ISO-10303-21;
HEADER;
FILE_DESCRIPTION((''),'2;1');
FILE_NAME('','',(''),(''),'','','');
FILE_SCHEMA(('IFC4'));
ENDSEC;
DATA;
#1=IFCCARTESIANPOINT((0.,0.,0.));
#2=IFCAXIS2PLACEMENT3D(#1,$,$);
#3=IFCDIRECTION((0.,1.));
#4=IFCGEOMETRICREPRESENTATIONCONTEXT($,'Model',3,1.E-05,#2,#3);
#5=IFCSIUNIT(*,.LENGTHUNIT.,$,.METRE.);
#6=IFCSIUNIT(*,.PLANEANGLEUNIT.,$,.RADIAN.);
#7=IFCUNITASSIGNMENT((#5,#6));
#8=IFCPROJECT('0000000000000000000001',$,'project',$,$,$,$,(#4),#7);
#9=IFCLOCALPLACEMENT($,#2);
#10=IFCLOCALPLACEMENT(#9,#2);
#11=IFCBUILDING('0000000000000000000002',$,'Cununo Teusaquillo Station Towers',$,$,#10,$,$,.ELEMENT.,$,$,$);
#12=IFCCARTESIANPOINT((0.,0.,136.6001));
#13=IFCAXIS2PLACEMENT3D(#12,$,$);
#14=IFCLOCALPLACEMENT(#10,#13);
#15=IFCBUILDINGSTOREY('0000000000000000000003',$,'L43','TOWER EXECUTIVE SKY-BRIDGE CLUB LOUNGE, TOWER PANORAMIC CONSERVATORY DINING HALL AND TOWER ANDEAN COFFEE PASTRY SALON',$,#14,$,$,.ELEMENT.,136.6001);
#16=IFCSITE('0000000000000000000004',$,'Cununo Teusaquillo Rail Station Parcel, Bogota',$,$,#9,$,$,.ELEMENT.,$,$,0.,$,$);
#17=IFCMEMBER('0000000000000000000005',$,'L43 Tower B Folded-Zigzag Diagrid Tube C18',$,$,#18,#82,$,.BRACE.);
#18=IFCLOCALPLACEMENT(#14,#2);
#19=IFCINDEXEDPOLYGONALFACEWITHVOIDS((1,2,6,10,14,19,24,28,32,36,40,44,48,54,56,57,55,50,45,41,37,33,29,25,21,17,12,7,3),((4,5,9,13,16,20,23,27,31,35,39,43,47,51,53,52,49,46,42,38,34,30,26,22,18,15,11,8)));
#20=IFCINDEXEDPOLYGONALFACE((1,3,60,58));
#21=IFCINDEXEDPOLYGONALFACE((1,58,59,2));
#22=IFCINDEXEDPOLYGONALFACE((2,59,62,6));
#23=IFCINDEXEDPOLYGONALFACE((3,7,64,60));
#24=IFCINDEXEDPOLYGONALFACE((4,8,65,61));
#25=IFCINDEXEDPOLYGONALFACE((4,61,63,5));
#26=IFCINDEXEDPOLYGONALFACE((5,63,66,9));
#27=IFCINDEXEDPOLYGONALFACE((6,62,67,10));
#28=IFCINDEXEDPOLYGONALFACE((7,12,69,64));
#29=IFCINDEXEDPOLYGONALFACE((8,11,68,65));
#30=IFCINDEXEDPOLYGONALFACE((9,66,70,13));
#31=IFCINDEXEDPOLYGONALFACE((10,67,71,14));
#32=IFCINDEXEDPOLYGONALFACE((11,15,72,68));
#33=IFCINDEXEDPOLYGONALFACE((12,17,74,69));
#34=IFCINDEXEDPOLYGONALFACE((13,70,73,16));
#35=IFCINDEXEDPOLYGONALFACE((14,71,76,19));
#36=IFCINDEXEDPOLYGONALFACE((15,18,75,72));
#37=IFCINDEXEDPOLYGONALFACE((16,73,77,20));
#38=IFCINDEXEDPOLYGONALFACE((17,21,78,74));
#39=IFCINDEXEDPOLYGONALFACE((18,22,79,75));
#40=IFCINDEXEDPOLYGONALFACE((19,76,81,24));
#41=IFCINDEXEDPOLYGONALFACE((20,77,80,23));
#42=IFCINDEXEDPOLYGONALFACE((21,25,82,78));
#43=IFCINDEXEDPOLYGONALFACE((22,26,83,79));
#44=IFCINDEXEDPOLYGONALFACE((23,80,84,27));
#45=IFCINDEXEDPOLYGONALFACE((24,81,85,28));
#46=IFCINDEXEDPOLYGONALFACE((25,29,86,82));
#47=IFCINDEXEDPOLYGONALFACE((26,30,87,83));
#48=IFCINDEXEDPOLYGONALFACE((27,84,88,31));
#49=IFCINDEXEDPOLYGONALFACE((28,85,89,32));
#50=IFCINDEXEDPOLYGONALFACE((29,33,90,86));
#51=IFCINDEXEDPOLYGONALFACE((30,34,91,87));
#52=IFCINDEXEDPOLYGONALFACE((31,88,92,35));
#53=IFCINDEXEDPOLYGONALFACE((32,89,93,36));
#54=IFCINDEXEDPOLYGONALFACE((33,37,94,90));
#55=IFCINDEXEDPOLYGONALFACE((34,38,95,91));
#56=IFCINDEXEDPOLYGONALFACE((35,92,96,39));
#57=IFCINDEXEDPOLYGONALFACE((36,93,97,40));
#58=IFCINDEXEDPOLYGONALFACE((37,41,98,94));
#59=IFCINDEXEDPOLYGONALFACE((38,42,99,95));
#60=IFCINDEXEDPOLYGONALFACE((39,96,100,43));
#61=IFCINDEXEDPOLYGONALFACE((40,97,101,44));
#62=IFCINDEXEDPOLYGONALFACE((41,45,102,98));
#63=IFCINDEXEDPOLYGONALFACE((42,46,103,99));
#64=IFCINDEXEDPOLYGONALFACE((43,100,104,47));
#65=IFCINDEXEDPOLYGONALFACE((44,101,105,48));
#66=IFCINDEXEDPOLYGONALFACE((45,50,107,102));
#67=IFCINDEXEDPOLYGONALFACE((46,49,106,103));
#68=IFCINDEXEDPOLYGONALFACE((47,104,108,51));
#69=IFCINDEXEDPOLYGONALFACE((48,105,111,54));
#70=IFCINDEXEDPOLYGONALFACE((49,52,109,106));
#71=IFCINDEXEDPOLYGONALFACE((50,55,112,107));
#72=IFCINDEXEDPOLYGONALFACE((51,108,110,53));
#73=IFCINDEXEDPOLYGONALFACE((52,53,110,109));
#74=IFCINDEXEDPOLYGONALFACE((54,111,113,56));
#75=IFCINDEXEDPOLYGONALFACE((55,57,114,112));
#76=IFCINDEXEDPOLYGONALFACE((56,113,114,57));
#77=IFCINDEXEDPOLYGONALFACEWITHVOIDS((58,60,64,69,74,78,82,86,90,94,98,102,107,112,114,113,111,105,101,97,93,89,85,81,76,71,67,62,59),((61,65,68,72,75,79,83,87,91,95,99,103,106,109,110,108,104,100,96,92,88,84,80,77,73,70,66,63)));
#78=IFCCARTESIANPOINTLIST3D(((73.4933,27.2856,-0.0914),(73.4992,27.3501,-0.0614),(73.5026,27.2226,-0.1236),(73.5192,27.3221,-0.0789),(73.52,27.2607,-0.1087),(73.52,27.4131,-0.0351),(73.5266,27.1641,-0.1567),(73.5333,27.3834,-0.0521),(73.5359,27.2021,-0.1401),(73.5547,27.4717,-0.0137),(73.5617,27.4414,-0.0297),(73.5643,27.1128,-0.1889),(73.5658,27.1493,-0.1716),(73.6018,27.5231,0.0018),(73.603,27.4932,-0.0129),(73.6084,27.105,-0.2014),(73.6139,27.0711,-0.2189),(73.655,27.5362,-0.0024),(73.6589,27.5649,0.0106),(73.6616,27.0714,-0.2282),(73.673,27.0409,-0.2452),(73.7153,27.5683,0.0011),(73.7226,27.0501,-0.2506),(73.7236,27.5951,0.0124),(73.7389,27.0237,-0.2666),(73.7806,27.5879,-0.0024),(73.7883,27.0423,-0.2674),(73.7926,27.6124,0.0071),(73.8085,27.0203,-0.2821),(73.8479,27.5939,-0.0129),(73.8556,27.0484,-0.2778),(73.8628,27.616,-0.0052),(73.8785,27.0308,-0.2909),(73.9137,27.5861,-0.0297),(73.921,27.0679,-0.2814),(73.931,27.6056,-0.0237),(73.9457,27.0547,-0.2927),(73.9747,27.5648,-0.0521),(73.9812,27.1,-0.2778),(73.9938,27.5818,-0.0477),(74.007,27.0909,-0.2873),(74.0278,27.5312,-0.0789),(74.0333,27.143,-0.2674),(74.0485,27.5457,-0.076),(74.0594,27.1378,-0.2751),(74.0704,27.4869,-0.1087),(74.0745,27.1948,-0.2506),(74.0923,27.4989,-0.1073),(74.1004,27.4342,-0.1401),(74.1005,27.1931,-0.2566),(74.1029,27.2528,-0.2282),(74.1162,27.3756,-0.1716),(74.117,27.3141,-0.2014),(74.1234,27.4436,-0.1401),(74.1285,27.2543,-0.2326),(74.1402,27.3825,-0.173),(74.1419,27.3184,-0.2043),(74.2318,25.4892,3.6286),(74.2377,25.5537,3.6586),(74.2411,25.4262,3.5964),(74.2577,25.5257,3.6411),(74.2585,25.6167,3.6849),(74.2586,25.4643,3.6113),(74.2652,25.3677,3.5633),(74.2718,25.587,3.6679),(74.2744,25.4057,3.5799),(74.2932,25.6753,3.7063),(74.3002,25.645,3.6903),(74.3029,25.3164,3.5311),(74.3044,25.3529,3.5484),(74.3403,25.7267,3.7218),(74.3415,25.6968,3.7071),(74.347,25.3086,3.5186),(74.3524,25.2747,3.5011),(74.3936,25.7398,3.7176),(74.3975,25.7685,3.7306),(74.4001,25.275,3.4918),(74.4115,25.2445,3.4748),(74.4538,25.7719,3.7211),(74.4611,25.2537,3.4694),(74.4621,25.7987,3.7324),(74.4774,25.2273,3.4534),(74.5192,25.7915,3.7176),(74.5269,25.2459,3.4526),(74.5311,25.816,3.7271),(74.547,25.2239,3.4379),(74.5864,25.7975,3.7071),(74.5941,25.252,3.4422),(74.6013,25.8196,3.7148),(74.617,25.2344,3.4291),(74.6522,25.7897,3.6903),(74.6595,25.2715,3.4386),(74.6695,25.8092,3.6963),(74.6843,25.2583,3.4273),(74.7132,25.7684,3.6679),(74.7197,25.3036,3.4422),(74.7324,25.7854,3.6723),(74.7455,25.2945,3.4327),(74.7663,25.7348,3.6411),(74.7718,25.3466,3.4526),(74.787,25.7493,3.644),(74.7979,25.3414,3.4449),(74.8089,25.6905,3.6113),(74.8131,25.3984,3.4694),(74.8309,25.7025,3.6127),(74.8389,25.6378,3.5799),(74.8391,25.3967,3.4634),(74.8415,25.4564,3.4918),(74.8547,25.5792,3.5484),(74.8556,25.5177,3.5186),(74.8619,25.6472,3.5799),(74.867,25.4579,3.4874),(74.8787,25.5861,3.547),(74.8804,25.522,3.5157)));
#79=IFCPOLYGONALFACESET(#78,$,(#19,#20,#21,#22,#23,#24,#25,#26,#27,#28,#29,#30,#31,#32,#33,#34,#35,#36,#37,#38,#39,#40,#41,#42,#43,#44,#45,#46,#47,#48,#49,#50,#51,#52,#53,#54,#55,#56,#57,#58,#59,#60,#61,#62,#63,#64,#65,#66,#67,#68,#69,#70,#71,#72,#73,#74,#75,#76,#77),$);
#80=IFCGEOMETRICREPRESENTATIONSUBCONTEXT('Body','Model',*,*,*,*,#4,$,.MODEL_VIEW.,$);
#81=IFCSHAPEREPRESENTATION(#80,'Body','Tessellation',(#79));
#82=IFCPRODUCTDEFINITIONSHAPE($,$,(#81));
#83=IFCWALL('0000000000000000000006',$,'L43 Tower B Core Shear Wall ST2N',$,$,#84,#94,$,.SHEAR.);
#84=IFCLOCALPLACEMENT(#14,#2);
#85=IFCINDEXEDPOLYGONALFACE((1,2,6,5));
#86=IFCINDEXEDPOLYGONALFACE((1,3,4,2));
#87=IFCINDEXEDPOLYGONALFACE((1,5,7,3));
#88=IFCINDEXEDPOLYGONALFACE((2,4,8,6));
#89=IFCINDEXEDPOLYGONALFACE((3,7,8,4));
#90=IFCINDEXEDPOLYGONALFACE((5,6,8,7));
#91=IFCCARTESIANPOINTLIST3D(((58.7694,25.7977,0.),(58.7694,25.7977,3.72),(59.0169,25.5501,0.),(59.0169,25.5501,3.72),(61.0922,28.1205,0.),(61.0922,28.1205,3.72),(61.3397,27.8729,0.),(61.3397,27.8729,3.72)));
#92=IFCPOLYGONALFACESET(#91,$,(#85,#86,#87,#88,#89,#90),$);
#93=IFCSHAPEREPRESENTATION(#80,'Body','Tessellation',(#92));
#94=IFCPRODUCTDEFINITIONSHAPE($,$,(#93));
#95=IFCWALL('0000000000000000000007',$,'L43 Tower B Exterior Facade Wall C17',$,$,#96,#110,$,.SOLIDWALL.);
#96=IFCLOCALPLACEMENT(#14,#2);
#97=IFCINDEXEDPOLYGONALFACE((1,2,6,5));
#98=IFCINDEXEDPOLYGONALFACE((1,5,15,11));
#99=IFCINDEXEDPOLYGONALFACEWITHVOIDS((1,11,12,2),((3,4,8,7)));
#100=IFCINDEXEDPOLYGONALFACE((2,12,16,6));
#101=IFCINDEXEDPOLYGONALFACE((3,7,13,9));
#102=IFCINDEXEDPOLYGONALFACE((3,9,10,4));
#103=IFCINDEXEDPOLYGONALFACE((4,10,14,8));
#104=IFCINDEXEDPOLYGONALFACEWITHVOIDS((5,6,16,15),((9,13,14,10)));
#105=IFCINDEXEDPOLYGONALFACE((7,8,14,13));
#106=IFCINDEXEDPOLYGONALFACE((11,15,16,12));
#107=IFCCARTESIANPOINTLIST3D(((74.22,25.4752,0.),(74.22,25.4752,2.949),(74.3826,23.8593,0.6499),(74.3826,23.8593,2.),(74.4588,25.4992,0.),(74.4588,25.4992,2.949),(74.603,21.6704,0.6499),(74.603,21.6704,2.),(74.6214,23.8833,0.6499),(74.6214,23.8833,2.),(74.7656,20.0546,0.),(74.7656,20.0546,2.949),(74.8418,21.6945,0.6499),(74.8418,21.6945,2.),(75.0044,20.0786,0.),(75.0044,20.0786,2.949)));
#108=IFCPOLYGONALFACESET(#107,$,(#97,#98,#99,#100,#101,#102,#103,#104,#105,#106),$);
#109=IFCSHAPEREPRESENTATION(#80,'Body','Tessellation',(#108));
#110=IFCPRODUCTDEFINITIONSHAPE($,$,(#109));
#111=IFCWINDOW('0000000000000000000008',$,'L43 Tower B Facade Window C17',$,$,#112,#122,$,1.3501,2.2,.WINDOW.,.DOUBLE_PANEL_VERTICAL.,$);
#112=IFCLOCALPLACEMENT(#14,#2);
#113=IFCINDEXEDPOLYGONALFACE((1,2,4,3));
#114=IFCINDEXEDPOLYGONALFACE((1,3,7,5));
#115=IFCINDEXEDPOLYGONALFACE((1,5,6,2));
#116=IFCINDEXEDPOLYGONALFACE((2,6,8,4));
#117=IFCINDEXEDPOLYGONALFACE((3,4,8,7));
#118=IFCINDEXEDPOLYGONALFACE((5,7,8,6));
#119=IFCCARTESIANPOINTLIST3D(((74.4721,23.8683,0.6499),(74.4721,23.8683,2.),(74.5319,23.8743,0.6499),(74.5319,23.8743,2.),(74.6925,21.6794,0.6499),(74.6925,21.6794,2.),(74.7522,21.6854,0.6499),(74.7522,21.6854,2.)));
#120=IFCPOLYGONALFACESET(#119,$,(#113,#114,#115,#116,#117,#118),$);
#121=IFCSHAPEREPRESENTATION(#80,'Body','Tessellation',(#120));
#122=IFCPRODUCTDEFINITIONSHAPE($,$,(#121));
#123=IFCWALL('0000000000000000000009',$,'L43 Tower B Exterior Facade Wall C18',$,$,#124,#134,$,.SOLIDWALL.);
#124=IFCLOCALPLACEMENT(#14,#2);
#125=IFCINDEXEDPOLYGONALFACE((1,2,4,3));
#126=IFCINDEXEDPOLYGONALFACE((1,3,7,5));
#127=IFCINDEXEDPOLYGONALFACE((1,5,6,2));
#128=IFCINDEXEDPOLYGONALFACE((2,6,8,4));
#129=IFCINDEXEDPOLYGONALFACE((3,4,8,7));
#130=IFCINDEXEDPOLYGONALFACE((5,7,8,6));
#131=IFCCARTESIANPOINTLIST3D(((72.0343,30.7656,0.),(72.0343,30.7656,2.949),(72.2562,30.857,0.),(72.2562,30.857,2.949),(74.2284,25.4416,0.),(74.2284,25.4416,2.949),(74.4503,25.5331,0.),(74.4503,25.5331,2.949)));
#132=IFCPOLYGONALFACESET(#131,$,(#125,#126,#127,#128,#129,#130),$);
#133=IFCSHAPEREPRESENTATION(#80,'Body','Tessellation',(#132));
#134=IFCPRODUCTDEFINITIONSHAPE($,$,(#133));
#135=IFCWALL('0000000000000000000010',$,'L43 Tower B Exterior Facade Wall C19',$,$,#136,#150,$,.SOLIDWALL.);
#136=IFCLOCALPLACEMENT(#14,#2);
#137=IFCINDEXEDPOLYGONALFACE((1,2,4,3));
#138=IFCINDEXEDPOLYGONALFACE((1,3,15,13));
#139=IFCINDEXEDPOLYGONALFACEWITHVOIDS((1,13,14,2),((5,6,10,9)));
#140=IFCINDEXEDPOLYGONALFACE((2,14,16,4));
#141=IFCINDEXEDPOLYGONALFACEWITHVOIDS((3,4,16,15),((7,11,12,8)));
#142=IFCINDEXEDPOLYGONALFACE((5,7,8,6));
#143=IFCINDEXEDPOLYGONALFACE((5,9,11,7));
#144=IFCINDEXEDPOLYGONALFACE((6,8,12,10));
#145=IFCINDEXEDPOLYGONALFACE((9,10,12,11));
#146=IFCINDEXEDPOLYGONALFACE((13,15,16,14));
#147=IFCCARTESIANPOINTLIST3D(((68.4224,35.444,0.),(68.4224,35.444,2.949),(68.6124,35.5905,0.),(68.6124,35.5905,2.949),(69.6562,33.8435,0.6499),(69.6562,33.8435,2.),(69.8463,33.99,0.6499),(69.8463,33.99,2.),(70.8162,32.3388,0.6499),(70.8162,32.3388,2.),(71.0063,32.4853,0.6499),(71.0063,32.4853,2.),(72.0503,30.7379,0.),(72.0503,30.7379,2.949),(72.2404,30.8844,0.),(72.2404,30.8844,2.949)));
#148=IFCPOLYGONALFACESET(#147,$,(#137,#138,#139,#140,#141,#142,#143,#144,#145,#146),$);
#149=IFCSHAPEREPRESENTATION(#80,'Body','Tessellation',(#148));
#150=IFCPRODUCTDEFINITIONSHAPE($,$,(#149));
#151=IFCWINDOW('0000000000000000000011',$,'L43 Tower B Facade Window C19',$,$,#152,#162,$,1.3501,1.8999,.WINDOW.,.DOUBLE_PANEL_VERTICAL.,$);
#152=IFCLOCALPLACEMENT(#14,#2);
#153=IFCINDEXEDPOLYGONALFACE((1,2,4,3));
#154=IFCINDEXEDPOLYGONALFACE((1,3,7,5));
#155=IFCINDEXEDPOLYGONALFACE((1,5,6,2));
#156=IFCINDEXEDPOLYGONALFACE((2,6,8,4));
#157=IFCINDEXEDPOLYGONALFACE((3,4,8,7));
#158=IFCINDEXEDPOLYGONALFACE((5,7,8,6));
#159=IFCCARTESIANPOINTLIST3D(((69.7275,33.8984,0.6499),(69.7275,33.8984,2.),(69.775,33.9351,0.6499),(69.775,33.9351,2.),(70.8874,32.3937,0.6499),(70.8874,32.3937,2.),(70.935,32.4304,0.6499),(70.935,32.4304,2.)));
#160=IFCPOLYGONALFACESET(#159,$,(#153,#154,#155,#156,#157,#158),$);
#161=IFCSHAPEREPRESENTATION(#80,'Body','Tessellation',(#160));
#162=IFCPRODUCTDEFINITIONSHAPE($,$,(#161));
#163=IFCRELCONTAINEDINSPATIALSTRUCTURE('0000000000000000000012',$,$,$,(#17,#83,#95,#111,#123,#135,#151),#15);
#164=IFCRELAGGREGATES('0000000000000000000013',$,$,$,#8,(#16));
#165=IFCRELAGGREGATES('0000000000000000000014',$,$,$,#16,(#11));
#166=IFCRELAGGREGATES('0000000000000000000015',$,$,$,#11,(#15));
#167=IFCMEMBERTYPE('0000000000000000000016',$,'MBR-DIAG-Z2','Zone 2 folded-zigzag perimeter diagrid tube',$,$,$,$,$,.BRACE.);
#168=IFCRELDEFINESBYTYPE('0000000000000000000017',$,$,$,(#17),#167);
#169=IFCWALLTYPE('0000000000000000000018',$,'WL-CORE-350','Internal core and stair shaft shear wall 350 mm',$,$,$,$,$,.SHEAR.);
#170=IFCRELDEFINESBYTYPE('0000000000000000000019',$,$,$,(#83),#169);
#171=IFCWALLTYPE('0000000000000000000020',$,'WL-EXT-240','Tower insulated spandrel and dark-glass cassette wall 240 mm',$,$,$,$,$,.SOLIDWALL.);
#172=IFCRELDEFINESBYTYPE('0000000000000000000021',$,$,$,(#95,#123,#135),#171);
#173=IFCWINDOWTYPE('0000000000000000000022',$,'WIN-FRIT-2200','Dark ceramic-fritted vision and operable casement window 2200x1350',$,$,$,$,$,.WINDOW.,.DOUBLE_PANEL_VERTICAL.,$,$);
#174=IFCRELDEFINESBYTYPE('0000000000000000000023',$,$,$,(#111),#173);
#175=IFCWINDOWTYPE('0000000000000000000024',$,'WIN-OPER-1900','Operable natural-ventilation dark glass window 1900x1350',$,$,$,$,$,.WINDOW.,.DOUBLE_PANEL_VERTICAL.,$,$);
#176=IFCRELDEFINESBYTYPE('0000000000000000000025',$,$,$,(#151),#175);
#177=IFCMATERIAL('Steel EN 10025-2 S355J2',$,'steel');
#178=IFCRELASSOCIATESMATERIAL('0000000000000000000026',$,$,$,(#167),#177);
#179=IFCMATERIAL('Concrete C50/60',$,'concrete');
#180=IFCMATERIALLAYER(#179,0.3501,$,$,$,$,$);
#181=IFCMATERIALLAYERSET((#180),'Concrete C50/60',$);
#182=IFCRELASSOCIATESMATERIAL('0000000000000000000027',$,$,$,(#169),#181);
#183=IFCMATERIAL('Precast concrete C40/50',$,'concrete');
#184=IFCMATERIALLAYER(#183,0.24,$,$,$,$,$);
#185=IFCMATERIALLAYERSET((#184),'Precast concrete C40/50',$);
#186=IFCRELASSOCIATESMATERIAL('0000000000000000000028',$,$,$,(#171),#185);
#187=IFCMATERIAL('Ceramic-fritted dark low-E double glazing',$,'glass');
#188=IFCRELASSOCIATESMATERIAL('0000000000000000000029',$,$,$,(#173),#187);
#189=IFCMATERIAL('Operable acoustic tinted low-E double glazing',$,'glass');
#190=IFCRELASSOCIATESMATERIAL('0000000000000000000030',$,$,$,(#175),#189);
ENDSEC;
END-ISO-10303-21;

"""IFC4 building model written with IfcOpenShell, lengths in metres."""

from ifc_helpers import new_model, si_unit, direction, frame, frame_2d, origin, origin_2d, place, context, subcontext, project, spatial, rectangle, hollow_circle, extrude, source, transform, mapped, material, layer, layer_set, material_profile, profile_set, type_object, element, fill, save


model = new_model("IFC4")

# Units and contexts
model_context = context("Model", 3, precision=1e-05, world=origin(), true_north=direction((0.0, 1.0)))
body_context = subcontext(model_context, "Body", "Model", "MODEL_VIEW")
ifc_project = project(units=[si_unit("LENGTHUNIT", "METRE"), si_unit("PLANEANGLEUNIT", "RADIAN")], contexts=[model_context])

# Site, building, storey
site_placement = place(None, origin())
site = spatial("IfcSite", under=ifc_project, at=site_placement, Name="Cununo Teusaquillo Rail Station Parcel, Bogota", CompositionType="ELEMENT", RefElevation=0.0)
building_placement = place(site_placement, origin())
building = spatial("IfcBuilding", under=site, at=building_placement, Name="Cununo Teusaquillo Station Towers", CompositionType="ELEMENT")
storey_placement = place(building_placement, frame((0.0, 0.0, 136.6001)))
storey = spatial("IfcBuildingStorey", under=building, at=storey_placement, Name="L43", Description="TOWER EXECUTIVE SKY-BRIDGE CLUB LOUNGE, TOWER PANORAMIC CONSERVATORY DINING HALL AND TOWER ANDEAN COFFEE PASTRY SALON", CompositionType="ELEMENT", Elevation=136.6001)

# Member
ifc_material_1 = material(Name="Steel EN 10025-2 S355J2", Category="steel")
ifc_material_profile_1 = material_profile(ifc_material_1, hollow_circle(Radius=0.3301, WallThickness=0.0249, at=origin_2d()), Name="CHS 660x25")
ifc_profile_set_1 = profile_set([ifc_material_profile_1], Name="Steel EN 10025-2 S355J2")
member_type = type_object("IfcMemberType", Name="MBR-DIAG-Z2", Description="Zone 2 folded-zigzag perimeter diagrid tube", PredefinedType="BRACE", material=ifc_profile_set_1)
member_placement = place(storey_placement, frame((73.8181, 27.3181, -0.1401), z_axis=(0.175986, -0.428068, 0.886446), x_axis=(0.924889, 0.380238, 0.0)))
element("IfcMember", 1, at=member_placement, inside=storey, type_object=member_type, Name="L43 Tower B Folded-Zigzag Diagrid Tube C18", PredefinedType="BRACE", context=body_context, shape_type="SweptSolid", body=[
    extrude(hollow_circle(Radius=0.3301, WallThickness=0.0249, at=origin_2d()), origin(), (0.0, 0.0, 1.0), 4.1965),
])

# Wall
ifc_material_2 = material(Name="Concrete C50/60", Category="concrete")
ifc_layer_1 = layer(ifc_material_2, 0.3501)
ifc_layer_set_1 = layer_set([ifc_layer_1], Name="Concrete C50/60")
wall_type_1 = type_object("IfcWallType", Name="WL-CORE-350", Description="Internal core and stair shaft shear wall 350 mm", PredefinedType="SHEAR", material=ifc_layer_set_1)
wall_1_placement = place(storey_placement, frame((58.8931, 25.6738, 0.0), z_axis=(0.0, 0.0, 1.0), x_axis=(0.707107, 0.707107, 0.0)))
element("IfcWall", 2, at=wall_1_placement, inside=storey, type_object=wall_type_1, Name="L43 Tower B Core Shear Wall ST2N", PredefinedType="SHEAR", context=body_context, shape_type="SweptSolid", body=[
    extrude(rectangle(XDim=3.2849, YDim=0.3501, at=frame_2d((1.6426, 0.0))), origin(), (0.0, 0.0, 1.0), 3.72),
])

# Wall, opening, window
ifc_material_3 = material(Name="Precast concrete C40/50", Category="concrete")
ifc_layer_2 = layer(ifc_material_3, 0.24)
ifc_layer_set_2 = layer_set([ifc_layer_2], Name="Precast concrete C40/50")
wall_type_2 = type_object("IfcWallType", Name="WL-EXT-240", Description="Tower insulated spandrel and dark-glass cassette wall 240 mm", PredefinedType="SOLIDWALL", material=ifc_layer_set_2)
wall_2_placement = place(storey_placement, frame((74.3394, 25.4873, 0.0), z_axis=(0.0, 0.0, 1.0), x_axis=(0.100156, -0.994972, 0.0)))
wall_2 = element("IfcWall", 3, at=wall_2_placement, inside=storey, type_object=wall_type_2, Name="L43 Tower B Exterior Facade Wall C17", PredefinedType="SOLIDWALL", context=body_context, shape_type="SweptSolid", body=[
    extrude(rectangle(XDim=5.448, YDim=0.24, at=frame_2d((2.7241, 0.0))), origin(), (0.0, 0.0, 1.0), 2.949),
])
shared_shape_1 = source(origin(), body_context, "Body", "SweptSolid", [
    extrude(rectangle(XDim=2.2, YDim=1.3501, at=frame_2d((1.1001, 0.675))), frame((0.0, 0.1299, 0.0), z_axis=(0.0, -1.0, 0.0), x_axis=(1.0, 0.0, 0.0)), (0.0, 0.0, 1.0), 0.26),
])
opening_1_placement = place(wall_2_placement, frame((1.624, 0.0, 0.6499)))
opening_1 = element("IfcOpeningElement", 4, at=opening_1_placement, cuts=wall_2, PredefinedType="OPENING", context=body_context, shape_type="MappedRepresentation", body=[
    mapped(shared_shape_1, transform((0.0, 0.0, 0.0), x_axis=(1.0, 0.0, 0.0), y_axis=(0.0, 1.0, 0.0), z_axis=(0.0, 0.0, 1.0), scale=1.0)),
])
ifc_material_4 = material(Name="Ceramic-fritted dark low-E double glazing", Category="glass")
window_type_1 = type_object("IfcWindowType", Name="WIN-FRIT-2200", Description="Dark ceramic-fritted vision and operable casement window 2200x1350", PartitioningType="DOUBLE_PANEL_VERTICAL", PredefinedType="WINDOW", material=ifc_material_4)
shared_shape_2 = source(origin(), body_context, "Body", "SweptSolid", [
    extrude(rectangle(XDim=2.2, YDim=1.3501, at=frame_2d((1.1001, 0.675))), frame((0.0, 0.03, 0.0), z_axis=(0.0, -1.0, 0.0), x_axis=(1.0, 0.0, 0.0)), (0.0, 0.0, 1.0), 0.0601),
])
window_1_placement = place(opening_1_placement, origin())
window_1 = element("IfcWindow", 5, at=window_1_placement, inside=storey, type_object=window_type_1, Name="L43 Tower B Facade Window C17", OverallHeight=1.3501, OverallWidth=2.2, PartitioningType="DOUBLE_PANEL_VERTICAL", PredefinedType="WINDOW", context=body_context, shape_type="MappedRepresentation", body=[
    mapped(shared_shape_2, transform((0.0, 0.0, 0.0), x_axis=(1.0, 0.0, 0.0), y_axis=(0.0, 1.0, 0.0), z_axis=(0.0, 0.0, 1.0), scale=1.0)),
])
fill(opening_1, window_1)

# Wall
wall_3_placement = place(storey_placement, frame((72.1453, 30.8113, 0.0), z_axis=(0.0, 0.0, 1.0), x_axis=(0.381027, -0.924564, 0.0)))
element("IfcWall", 6, at=wall_3_placement, inside=storey, type_object=wall_type_2, Name="L43 Tower B Exterior Facade Wall C18", PredefinedType="SOLIDWALL", context=body_context, shape_type="SweptSolid", body=[
    extrude(rectangle(XDim=5.7583, YDim=0.24, at=frame_2d((2.8792, 0.0))), origin(), (0.0, 0.0, 1.0), 2.949),
])

# Wall, opening, window
wall_4_placement = place(storey_placement, frame((68.5173, 35.5173, 0.0), z_axis=(0.0, 0.0, 1.0), x_axis=(0.610544, -0.791982, 0.0)))
wall_4 = element("IfcWall", 7, at=wall_4_placement, inside=storey, type_object=wall_type_2, Name="L43 Tower B Exterior Facade Wall C19", PredefinedType="SOLIDWALL", context=body_context, shape_type="SweptSolid", body=[
    extrude(rectangle(XDim=5.9421, YDim=0.24, at=frame_2d((2.9712, 0.0))), origin(), (0.0, 0.0, 1.0), 2.949),
])
shared_shape_3 = source(origin(), body_context, "Body", "SweptSolid", [
    extrude(rectangle(XDim=1.8999, YDim=1.3501, at=frame_2d((0.95, 0.675))), frame((0.0, 0.1299, 0.0), z_axis=(0.0, -1.0, 0.0), x_axis=(1.0, 0.0, 0.0)), (0.0, 0.0, 1.0), 0.26),
])
opening_2_placement = place(wall_4_placement, frame((2.021, 0.0, 0.6499)))
opening_2 = element("IfcOpeningElement", 8, at=opening_2_placement, cuts=wall_4, PredefinedType="OPENING", context=body_context, shape_type="MappedRepresentation", body=[
    mapped(shared_shape_3, transform((0.0, 0.0, 0.0), x_axis=(1.0, 0.0, 0.0), y_axis=(0.0, 1.0, 0.0), z_axis=(0.0, 0.0, 1.0), scale=1.0)),
])
ifc_material_5 = material(Name="Operable acoustic tinted low-E double glazing", Category="glass")
window_type_2 = type_object("IfcWindowType", Name="WIN-OPER-1900", Description="Operable natural-ventilation dark glass window 1900x1350", PartitioningType="DOUBLE_PANEL_VERTICAL", PredefinedType="WINDOW", material=ifc_material_5)
shared_shape_4 = source(origin(), body_context, "Body", "SweptSolid", [
    extrude(rectangle(XDim=1.8999, YDim=1.3501, at=frame_2d((0.95, 0.675))), frame((0.0, 0.03, 0.0), z_axis=(0.0, -1.0, 0.0), x_axis=(1.0, 0.0, 0.0)), (0.0, 0.0, 1.0), 0.0601),
])
window_2_placement = place(opening_2_placement, origin())
window_2 = element("IfcWindow", 9, at=window_2_placement, inside=storey, type_object=window_type_2, Name="L43 Tower B Facade Window C19", OverallHeight=1.3501, OverallWidth=1.8999, PartitioningType="DOUBLE_PANEL_VERTICAL", PredefinedType="WINDOW", context=body_context, shape_type="MappedRepresentation", body=[
    mapped(shared_shape_4, transform((0.0, 0.0, 0.0), x_axis=(1.0, 0.0, 0.0), y_axis=(0.0, 1.0, 0.0), z_axis=(0.0, 0.0, 1.0), scale=1.0)),
])
fill(opening_2, window_2)

save(model, "model.ifc")
